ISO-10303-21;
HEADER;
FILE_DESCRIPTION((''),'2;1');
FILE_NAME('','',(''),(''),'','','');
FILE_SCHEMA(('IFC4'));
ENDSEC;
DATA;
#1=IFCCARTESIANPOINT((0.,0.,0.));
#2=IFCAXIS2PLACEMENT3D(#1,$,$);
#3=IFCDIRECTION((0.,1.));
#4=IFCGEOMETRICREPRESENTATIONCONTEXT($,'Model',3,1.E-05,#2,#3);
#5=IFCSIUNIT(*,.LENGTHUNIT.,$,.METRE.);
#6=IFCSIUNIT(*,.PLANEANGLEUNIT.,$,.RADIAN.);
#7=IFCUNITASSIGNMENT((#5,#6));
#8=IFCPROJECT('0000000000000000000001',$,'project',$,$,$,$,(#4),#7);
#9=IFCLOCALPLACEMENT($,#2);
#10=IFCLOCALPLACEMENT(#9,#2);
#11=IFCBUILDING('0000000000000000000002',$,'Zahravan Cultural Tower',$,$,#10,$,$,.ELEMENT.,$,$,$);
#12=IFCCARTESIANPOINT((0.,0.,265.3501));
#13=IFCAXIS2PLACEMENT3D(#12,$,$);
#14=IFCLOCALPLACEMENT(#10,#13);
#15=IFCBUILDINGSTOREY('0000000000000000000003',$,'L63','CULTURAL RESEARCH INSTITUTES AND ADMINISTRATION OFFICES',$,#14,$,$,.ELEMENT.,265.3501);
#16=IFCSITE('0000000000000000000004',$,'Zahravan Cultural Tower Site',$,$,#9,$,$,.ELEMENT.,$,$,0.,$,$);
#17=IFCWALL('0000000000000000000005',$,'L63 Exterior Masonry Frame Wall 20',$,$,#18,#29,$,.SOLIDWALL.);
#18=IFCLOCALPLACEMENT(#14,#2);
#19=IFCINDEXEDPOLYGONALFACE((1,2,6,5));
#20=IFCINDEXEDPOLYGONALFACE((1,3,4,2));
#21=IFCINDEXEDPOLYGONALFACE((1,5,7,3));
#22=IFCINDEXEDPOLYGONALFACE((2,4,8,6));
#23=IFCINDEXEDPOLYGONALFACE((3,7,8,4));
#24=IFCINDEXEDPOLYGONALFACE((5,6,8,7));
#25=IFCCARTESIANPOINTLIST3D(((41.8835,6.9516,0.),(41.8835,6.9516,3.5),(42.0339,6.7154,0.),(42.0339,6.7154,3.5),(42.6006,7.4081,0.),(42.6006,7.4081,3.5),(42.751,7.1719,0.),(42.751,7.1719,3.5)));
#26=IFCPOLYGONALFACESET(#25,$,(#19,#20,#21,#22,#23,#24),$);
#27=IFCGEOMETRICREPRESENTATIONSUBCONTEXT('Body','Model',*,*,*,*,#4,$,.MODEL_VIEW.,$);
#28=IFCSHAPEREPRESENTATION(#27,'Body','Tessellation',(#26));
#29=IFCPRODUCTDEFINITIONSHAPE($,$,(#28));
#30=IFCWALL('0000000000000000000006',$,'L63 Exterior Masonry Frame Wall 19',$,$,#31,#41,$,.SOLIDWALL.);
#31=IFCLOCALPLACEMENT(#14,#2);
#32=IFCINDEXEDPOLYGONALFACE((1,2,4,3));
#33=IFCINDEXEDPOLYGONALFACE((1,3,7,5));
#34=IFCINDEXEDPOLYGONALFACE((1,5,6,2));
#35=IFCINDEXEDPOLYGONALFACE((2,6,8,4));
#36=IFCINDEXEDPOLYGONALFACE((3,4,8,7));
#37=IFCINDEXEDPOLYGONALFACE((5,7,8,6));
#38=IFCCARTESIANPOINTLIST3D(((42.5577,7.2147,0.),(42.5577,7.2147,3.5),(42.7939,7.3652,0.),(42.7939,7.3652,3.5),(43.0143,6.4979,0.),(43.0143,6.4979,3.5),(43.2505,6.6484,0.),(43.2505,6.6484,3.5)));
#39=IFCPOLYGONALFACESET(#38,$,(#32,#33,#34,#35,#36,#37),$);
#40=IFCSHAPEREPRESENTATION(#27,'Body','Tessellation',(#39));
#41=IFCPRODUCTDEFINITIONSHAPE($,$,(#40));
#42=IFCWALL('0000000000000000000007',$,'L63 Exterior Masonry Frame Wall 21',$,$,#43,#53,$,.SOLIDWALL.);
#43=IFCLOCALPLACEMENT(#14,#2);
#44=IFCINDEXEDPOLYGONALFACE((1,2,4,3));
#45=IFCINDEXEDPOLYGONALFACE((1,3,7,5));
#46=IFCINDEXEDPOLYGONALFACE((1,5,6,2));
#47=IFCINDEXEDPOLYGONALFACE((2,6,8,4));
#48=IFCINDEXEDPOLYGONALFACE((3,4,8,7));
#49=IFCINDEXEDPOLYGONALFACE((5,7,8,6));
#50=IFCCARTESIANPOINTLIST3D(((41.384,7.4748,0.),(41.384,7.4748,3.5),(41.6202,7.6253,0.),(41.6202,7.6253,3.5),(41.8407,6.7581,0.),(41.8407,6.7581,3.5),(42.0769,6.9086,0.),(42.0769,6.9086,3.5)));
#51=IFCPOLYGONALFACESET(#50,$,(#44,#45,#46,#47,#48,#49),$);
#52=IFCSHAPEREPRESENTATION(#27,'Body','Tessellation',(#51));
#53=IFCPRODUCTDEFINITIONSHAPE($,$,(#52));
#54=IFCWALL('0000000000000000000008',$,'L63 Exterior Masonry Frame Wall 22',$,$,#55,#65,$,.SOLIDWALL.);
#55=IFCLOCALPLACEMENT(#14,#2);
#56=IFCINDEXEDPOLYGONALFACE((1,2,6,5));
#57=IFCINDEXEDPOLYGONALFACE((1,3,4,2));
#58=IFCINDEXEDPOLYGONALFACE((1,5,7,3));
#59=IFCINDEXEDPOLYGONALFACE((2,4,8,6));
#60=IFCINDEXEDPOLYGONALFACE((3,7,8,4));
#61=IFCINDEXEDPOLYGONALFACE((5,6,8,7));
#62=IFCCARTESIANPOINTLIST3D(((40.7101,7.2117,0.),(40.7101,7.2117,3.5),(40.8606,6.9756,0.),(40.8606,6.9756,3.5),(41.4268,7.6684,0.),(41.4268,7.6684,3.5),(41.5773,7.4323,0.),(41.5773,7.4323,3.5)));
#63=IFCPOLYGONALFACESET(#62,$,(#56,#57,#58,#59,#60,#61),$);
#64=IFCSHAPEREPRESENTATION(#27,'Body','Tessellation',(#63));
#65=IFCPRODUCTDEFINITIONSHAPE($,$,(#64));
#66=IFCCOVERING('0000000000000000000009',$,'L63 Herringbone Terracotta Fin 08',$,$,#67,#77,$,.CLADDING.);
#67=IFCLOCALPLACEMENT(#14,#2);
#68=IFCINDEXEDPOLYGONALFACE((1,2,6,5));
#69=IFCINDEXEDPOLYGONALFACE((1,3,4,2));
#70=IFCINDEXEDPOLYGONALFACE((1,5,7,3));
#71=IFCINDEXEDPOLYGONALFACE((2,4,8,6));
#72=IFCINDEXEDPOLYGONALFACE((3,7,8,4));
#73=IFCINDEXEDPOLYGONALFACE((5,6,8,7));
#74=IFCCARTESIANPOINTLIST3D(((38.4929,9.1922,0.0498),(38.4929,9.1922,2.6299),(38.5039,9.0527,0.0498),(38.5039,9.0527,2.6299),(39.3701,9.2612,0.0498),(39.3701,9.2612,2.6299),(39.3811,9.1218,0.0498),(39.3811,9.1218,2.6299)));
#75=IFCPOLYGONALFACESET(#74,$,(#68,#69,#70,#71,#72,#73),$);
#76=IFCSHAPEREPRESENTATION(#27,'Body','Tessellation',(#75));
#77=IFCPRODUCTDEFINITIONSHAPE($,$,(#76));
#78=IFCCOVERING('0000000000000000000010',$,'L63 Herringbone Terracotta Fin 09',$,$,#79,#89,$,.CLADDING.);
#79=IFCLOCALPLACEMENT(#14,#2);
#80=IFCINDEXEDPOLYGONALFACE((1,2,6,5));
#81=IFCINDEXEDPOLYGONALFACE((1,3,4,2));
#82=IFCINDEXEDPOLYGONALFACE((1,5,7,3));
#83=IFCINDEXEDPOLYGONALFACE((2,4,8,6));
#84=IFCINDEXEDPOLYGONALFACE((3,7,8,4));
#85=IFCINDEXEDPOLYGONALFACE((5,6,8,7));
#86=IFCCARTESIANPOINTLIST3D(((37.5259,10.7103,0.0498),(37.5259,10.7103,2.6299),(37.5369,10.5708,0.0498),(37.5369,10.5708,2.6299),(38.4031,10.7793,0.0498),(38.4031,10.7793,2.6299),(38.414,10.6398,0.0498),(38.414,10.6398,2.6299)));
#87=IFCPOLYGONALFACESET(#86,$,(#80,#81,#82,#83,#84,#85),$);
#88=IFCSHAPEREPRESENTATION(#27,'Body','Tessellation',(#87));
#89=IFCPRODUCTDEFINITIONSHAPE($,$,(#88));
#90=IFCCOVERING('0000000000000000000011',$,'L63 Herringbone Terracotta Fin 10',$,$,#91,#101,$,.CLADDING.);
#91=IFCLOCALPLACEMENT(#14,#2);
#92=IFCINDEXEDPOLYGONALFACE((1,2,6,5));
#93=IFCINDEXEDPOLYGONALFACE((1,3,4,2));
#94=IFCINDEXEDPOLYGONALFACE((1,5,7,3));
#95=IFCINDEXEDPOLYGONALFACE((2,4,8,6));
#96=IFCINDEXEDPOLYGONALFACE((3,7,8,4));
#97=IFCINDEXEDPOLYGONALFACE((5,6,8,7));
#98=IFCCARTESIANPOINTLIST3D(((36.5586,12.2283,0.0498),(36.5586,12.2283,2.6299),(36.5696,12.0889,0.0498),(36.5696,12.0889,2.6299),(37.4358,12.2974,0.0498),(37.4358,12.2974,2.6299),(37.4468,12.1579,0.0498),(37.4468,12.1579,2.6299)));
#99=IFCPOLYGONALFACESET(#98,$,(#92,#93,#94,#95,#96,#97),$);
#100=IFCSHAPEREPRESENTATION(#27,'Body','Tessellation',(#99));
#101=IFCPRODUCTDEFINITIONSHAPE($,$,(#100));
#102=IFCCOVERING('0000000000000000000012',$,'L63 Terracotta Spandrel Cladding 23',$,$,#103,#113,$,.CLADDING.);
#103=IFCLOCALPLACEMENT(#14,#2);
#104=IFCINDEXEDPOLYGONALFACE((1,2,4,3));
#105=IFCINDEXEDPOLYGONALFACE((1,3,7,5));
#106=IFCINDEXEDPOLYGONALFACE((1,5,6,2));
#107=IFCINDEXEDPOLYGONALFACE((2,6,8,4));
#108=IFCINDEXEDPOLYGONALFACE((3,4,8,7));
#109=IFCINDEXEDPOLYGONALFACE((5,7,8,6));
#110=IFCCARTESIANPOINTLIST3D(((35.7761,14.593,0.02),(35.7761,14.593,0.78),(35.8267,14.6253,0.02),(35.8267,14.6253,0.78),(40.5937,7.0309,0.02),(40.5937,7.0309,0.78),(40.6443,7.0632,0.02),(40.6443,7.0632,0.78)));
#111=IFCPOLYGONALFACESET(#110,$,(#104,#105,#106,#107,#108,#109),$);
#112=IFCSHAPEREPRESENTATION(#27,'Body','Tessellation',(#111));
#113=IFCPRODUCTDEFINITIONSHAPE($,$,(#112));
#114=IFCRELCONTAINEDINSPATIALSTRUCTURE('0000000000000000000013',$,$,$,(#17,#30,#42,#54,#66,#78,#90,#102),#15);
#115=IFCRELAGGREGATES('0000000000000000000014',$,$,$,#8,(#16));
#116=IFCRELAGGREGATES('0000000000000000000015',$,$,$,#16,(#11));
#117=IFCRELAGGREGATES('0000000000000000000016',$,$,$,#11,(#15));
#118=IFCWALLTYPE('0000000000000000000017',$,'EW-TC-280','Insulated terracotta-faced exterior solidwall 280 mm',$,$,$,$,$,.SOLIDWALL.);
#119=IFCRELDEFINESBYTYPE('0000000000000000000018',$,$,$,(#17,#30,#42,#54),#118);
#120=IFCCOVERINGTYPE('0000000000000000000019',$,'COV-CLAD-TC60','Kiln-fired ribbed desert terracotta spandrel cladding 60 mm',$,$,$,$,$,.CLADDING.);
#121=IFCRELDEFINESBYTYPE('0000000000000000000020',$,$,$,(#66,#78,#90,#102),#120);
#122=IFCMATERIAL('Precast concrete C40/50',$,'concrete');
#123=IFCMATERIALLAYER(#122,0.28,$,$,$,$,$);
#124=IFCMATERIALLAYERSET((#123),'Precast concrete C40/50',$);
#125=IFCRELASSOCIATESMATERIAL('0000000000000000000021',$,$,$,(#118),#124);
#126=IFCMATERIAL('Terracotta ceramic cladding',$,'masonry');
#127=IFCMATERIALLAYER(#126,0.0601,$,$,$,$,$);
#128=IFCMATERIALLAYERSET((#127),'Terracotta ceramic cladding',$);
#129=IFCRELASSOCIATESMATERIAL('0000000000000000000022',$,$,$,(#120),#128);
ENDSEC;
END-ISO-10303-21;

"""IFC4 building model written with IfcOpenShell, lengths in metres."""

from ifc_helpers import new_model, si_unit, direction, frame, frame_2d, origin, origin_2d, place, context, subcontext, project, spatial, rectangle, extrude, source, transform, mapped, material, layer, layer_set, type_object, element, save


model = new_model("IFC4")

# Units and contexts
model_context = context("Model", 3, precision=1e-05, world=origin(), true_north=direction((0.0, 1.0)))
body_context = subcontext(model_context, "Body", "Model", "MODEL_VIEW")
ifc_project = project(units=[si_unit("LENGTHUNIT", "METRE"), si_unit("PLANEANGLEUNIT", "RADIAN")], contexts=[model_context])

# Site, building, storey
site_placement = place(None, origin())
site = spatial("IfcSite", under=ifc_project, at=site_placement, Name="Zahravan Cultural Tower Site", CompositionType="ELEMENT", RefElevation=0.0)
building_placement = place(site_placement, origin())
building = spatial("IfcBuilding", under=site, at=building_placement, Name="Zahravan Cultural Tower", CompositionType="ELEMENT")
storey_placement = place(building_placement, frame((0.0, 0.0, 265.3501)))
storey = spatial("IfcBuildingStorey", under=building, at=storey_placement, Name="L63", Description="CULTURAL RESEARCH INSTITUTES AND ADMINISTRATION OFFICES", CompositionType="ELEMENT", Elevation=265.3501)

# Shared definitions
ifc_material_1 = material(Name="Precast concrete C40/50", Category="concrete")
ifc_layer_1 = layer(ifc_material_1, 0.28)
ifc_layer_set_1 = layer_set([ifc_layer_1], Name="Precast concrete C40/50")
wall_type_1 = type_object("IfcWallType", Name="EW-TC-280", Description="Insulated terracotta-faced exterior solidwall 280 mm", PredefinedType="SOLIDWALL", material=ifc_layer_set_1)

# Walls
shared_shape_1 = source(origin(), body_context, "Body", "SweptSolid", [
    extrude(rectangle(XDim=0.8501, YDim=0.28, at=frame_2d((0.425, 0.0))), origin(), (0.0, 0.0, 1.0), 3.5),
])
wall_1_placement = place(storey_placement, frame((42.6758, 7.29, 0.0), z_axis=(0.0, 0.0, 1.0), x_axis=(-0.843531, -0.53708, 0.0)))
element("IfcWall", 1, at=wall_1_placement, inside=storey, type_object=wall_type_1, Name="L63 Exterior Masonry Frame Wall 20", PredefinedType="SOLIDWALL", context=body_context, shape_type="MappedRepresentation", body=[
    mapped(shared_shape_1, transform((0.0, 0.0, 0.0), x_axis=(1.0, 0.0, 0.0), y_axis=(0.0, 1.0, 0.0), z_axis=(0.0, 0.0, 1.0), scale=1.0)),
])
shared_shape_2 = source(origin(), body_context, "Body", "SweptSolid", [
    extrude(rectangle(XDim=0.8499, YDim=0.28, at=frame_2d((0.4248, 0.0))), origin(), (0.0, 0.0, 1.0), 3.5),
])
for number, where, z_axis, x_axis, name in (
    (2, (43.1323, 6.5732, 0.0), (0.0, 0.0, 1.0), (-0.53721, 0.843448, 0.0), "L63 Exterior Masonry Frame Wall 19"),
    (3, (41.9587, 6.8335, 0.0), (0.0, 0.0, 1.0), (-0.537414, 0.843318, 0.0), "L63 Exterior Masonry Frame Wall 21"),
    (4, (41.502, 7.5503, 0.0), (0.0, 0.0, 1.0), (-0.843318, -0.537414, 0.0), "L63 Exterior Masonry Frame Wall 22"),
):
    element("IfcWall", number, at=place(storey_placement, frame(where, z_axis=z_axis, x_axis=x_axis)), inside=storey, type_object=wall_type_1, Name=name, PredefinedType="SOLIDWALL", context=body_context, shape_type="MappedRepresentation", body=[
        mapped(shared_shape_2, transform((0.0, 0.0, 0.0), x_axis=(1.0, 0.0, 0.0), y_axis=(0.0, 1.0, 0.0), z_axis=(0.0, 0.0, 1.0), scale=1.0)),
    ])

# Coverings
ifc_material_2 = material(Name="Terracotta ceramic cladding", Category="masonry")
ifc_layer_2 = layer(ifc_material_2, 0.0601)
ifc_layer_set_2 = layer_set([ifc_layer_2], Name="Terracotta ceramic cladding")
covering_type = type_object("IfcCoveringType", Name="COV-CLAD-TC60", Description="Kiln-fired ribbed desert terracotta spandrel cladding 60 mm", PredefinedType="CLADDING", material=ifc_layer_set_2)
shared_shape_3 = source(origin(), body_context, "Body", "SweptSolid", [
    extrude(rectangle(XDim=0.8799, YDim=0.1399, at=origin_2d()), origin(), (0.0, 0.0, 1.0), 2.5801),
])
for number, where, z_axis, x_axis, name in (
    (5, (38.937, 9.157, 0.0498), (0.0, 0.0, 1.0), (-0.996917, -0.078459, 0.0), "L63 Herringbone Terracotta Fin 08"),
    (6, (37.97, 10.675, 0.0498), (0.0, 0.0, 1.0), (-0.996917, -0.078459, 0.0), "L63 Herringbone Terracotta Fin 09"),
    (7, (37.0027, 12.1931, 0.0498), (0.0, 0.0, 1.0), (-0.996917, -0.078459, 0.0), "L63 Herringbone Terracotta Fin 10"),
):
    element("IfcCovering", number, at=place(storey_placement, frame(where, z_axis=z_axis, x_axis=x_axis)), inside=storey, type_object=covering_type, Name=name, PredefinedType="CLADDING", context=body_context, shape_type="MappedRepresentation", body=[
        mapped(shared_shape_3, transform((0.0, 0.0, 0.0), x_axis=(1.0, 0.0, 0.0), y_axis=(0.0, 1.0, 0.0), z_axis=(0.0, 0.0, 1.0), scale=1.0)),
    ])
shared_shape_4 = source(origin(), body_context, "Body", "SweptSolid", [
    extrude(rectangle(XDim=8.9663, YDim=0.0601, at=origin_2d()), origin(), (0.0, 0.0, 1.0), 0.76),
])
covering_placement = place(storey_placement, frame((38.2102, 10.8281, 0.02), z_axis=(0.0, 0.0, 1.0), x_axis=(-0.5373, 0.843391, 0.0)))
element("IfcCovering", 8, at=covering_placement, inside=storey, type_object=covering_type, Name="L63 Terracotta Spandrel Cladding 23", PredefinedType="CLADDING", context=body_context, shape_type="MappedRepresentation", body=[
    mapped(shared_shape_4, transform((0.0, 0.0, 0.0), x_axis=(1.0, 0.0, 0.0), y_axis=(0.0, 1.0, 0.0), z_axis=(0.0, 0.0, 1.0), scale=1.0)),
])

save(model, "model.ifc")
